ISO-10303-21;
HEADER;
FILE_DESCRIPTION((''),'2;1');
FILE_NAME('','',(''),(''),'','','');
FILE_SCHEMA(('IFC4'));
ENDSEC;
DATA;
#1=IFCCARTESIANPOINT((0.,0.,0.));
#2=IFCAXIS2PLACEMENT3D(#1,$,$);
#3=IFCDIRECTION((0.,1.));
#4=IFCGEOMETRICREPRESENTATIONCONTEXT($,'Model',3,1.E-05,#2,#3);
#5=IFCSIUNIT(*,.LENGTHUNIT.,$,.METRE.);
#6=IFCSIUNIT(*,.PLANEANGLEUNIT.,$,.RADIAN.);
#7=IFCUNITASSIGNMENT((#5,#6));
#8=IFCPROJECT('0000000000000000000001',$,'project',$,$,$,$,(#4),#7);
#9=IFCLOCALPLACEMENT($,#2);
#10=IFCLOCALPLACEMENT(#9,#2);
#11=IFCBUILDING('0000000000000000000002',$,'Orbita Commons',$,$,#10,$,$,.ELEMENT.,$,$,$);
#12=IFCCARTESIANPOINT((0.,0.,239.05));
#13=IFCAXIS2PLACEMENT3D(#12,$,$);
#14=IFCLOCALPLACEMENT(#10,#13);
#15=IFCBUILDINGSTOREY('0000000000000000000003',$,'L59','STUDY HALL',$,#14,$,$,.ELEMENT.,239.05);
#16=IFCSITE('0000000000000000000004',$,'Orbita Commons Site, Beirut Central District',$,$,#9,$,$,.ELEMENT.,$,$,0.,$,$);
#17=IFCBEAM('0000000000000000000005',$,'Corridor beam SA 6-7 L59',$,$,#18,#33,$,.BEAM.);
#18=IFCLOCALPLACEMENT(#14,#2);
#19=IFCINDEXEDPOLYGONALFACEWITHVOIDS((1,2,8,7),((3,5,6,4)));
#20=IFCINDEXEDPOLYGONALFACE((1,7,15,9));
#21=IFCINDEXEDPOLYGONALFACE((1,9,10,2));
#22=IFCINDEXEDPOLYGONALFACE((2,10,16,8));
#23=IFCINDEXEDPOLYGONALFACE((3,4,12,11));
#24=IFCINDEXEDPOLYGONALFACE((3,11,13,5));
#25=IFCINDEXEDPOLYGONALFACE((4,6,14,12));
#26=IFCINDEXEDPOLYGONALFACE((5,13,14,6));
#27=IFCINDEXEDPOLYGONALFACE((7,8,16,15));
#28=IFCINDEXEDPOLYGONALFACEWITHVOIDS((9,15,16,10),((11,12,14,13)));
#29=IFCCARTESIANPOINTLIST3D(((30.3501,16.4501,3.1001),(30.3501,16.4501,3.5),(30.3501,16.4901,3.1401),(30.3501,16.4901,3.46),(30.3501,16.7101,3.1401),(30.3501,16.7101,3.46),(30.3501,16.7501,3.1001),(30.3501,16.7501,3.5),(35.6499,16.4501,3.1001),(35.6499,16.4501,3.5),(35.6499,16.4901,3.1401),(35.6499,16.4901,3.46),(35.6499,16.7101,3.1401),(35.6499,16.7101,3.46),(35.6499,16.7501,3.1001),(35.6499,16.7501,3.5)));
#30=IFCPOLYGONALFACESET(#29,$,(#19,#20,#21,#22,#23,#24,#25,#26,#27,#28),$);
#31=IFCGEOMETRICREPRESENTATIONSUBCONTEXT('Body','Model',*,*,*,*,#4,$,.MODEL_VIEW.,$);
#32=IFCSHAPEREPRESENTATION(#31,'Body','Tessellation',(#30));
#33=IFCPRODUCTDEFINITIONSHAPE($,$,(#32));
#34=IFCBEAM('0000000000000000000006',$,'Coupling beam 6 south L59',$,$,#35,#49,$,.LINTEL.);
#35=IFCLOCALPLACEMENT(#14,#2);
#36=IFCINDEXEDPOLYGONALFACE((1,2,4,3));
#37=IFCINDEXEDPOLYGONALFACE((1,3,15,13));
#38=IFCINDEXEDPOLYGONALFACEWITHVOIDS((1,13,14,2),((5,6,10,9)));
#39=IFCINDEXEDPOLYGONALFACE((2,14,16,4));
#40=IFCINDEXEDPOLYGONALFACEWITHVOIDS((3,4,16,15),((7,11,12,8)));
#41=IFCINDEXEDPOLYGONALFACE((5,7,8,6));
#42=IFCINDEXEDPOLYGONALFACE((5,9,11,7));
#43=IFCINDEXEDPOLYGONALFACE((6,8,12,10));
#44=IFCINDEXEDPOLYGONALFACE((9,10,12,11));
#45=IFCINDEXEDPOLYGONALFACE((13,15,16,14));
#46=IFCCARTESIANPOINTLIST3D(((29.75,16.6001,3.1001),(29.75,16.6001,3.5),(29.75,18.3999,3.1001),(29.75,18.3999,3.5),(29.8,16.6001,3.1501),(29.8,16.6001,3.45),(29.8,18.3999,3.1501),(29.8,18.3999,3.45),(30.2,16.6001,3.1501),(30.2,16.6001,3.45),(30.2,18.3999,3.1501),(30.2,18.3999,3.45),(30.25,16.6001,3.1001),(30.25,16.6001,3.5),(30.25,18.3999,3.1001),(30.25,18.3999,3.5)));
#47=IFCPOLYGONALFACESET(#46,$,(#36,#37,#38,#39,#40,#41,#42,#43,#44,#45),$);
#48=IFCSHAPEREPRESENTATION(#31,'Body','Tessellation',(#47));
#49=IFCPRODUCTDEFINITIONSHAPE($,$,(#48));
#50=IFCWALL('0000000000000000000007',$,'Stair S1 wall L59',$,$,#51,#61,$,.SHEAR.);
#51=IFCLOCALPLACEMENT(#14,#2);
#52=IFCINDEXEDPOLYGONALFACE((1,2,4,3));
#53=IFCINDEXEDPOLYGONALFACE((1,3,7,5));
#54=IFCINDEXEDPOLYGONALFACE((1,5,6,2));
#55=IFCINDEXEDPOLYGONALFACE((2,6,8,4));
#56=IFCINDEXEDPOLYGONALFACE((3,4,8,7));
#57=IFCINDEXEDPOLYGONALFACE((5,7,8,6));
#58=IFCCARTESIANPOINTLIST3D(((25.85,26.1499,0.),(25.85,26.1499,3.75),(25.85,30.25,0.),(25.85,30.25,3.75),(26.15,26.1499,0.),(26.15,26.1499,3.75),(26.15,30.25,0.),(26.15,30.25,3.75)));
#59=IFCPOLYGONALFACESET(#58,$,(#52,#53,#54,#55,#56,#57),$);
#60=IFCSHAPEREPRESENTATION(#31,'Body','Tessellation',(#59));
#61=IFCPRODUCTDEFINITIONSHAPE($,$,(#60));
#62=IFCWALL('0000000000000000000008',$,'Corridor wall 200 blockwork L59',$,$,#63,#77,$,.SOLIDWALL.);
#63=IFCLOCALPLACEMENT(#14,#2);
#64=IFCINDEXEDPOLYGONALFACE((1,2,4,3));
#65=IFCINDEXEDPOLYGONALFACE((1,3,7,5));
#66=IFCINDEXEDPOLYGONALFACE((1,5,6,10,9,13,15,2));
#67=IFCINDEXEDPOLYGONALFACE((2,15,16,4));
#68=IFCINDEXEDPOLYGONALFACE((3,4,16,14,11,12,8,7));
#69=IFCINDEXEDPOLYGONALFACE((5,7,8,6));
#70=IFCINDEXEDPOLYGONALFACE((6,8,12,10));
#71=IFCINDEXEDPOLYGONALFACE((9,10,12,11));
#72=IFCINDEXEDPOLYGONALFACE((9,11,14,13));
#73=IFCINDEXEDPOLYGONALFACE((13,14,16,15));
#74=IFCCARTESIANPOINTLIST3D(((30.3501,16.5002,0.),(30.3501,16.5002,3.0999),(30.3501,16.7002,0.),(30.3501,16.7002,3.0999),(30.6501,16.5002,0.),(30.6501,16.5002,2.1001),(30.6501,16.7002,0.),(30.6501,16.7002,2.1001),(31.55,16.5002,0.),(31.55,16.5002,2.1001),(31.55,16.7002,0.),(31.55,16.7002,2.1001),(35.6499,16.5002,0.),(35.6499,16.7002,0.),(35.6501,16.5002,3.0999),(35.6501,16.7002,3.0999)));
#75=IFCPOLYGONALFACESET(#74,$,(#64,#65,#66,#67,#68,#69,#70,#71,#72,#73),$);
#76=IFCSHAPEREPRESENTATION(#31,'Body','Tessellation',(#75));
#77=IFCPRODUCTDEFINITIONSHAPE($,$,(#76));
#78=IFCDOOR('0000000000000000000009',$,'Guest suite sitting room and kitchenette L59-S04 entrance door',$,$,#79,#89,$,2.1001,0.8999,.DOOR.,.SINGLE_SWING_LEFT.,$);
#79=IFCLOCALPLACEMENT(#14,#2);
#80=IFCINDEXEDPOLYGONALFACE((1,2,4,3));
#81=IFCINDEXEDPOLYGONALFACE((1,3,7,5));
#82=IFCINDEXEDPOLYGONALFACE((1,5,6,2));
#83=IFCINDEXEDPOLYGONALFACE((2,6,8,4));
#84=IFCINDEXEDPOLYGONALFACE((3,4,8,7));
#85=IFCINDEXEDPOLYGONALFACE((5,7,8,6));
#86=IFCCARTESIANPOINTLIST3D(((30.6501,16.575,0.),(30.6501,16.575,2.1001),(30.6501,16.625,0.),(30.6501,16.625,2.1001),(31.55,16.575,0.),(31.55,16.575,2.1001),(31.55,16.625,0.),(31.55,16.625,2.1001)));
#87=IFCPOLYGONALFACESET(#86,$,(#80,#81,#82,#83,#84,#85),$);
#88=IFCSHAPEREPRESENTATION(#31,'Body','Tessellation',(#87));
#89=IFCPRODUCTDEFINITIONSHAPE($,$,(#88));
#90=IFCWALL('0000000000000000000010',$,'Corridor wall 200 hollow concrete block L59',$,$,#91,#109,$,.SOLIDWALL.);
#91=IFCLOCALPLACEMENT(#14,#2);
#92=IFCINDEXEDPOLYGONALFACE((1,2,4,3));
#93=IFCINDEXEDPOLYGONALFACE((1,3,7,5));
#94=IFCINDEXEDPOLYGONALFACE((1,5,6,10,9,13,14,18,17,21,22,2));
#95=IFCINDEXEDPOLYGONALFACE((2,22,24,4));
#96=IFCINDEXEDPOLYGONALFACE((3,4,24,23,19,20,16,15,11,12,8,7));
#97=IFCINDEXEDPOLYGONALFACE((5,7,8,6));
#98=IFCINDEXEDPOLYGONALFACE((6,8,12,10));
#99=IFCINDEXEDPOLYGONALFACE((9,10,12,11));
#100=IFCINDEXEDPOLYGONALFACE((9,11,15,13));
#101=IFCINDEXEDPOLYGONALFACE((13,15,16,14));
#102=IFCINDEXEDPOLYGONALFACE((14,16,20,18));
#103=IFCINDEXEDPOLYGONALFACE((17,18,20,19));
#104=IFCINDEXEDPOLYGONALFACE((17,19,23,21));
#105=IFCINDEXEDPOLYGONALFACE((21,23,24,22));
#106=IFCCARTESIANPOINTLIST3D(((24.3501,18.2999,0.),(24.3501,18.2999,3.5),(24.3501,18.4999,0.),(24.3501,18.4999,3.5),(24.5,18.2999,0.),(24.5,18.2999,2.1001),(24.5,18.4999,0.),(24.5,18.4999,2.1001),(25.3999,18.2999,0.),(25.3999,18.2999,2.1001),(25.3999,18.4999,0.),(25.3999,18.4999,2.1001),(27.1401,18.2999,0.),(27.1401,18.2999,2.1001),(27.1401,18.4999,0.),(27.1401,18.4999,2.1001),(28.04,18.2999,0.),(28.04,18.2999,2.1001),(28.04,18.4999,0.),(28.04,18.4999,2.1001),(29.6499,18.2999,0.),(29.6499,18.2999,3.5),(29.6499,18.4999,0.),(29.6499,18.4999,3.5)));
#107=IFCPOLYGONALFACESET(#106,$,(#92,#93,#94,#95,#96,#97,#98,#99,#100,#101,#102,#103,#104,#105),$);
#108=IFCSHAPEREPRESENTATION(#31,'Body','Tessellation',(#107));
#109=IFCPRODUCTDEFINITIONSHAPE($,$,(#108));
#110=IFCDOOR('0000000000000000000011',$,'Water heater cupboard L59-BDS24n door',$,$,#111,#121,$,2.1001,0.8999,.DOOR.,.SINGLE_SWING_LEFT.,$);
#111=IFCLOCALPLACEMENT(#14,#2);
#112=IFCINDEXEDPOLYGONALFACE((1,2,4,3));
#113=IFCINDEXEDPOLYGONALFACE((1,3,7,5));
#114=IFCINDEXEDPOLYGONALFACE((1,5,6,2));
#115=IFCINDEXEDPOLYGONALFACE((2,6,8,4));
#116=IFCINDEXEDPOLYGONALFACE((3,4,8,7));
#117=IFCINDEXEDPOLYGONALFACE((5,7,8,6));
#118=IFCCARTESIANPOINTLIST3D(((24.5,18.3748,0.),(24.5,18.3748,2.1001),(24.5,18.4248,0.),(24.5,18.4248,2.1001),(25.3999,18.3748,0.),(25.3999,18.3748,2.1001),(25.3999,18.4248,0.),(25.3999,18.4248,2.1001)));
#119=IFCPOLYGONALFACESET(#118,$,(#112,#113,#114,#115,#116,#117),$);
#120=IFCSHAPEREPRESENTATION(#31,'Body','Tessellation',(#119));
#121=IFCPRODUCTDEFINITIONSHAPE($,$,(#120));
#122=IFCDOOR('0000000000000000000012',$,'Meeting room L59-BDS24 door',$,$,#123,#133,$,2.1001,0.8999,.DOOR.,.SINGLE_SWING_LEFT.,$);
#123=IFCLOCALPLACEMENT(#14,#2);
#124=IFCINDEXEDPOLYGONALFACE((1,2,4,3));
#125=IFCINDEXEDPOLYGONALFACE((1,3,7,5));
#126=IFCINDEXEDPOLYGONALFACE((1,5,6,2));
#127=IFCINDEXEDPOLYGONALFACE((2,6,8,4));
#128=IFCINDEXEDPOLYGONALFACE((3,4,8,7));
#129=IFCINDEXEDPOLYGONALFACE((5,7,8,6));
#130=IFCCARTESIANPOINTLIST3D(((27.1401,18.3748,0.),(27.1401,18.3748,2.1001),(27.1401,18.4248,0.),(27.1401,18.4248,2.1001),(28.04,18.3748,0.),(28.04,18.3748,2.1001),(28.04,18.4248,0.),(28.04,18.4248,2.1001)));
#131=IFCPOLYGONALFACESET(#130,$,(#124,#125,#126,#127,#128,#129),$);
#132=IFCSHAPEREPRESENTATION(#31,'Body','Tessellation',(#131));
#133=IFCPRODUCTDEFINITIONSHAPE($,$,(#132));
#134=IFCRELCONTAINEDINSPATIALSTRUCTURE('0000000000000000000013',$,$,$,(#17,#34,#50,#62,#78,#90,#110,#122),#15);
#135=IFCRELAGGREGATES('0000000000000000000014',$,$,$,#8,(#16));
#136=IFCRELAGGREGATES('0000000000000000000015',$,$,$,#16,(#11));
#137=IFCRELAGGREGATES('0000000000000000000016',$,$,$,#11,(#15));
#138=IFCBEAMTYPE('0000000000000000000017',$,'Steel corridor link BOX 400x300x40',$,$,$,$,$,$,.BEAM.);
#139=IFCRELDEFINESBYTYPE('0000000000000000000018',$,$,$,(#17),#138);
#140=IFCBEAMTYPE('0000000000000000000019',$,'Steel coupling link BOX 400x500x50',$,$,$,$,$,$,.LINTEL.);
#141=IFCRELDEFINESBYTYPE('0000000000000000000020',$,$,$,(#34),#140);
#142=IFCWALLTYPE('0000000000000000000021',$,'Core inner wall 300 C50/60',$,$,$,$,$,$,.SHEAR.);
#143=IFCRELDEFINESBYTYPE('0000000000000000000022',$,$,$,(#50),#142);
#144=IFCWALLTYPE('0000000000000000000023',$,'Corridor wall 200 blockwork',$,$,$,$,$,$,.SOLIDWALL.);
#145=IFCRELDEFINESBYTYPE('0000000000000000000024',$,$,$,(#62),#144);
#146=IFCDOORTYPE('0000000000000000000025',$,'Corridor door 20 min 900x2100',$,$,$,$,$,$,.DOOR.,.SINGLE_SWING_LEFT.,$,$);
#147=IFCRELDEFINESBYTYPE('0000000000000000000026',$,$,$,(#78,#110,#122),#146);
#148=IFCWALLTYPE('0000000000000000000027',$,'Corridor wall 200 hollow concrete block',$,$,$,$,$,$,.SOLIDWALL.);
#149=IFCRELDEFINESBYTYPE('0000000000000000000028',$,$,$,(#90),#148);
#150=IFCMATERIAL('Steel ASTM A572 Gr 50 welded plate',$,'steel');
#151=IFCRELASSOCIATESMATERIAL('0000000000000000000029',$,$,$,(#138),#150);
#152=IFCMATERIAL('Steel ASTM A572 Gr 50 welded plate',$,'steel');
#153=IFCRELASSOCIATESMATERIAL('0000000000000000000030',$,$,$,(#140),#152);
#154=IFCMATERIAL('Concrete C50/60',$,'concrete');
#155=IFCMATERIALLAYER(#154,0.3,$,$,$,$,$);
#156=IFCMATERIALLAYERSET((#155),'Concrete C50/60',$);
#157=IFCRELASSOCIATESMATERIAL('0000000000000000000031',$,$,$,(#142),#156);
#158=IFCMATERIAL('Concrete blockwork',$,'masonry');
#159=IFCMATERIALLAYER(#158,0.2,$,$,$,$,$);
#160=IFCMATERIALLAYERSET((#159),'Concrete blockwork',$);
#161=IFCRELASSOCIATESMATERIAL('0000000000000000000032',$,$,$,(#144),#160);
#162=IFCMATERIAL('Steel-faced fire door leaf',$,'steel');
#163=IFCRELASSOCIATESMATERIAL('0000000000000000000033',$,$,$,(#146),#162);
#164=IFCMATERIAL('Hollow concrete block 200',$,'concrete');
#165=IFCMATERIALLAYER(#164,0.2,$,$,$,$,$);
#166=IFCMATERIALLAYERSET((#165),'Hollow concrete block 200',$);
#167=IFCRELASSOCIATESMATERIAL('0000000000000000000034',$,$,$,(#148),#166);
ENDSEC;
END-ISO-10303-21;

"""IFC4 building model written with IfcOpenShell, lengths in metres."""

from ifc_helpers import new_model, si_unit, direction, frame, frame_2d, origin, origin_2d, place, context, subcontext, project, spatial, polyline, rectangle, hollow_rectangle, outline, extrude, material, layer, layer_set, material_profile, profile_set, type_object, element, fill, save


model = new_model("IFC4")

# Units and contexts
model_context = context("Model", 3, precision=1e-05, world=origin(), true_north=direction((0.0, 1.0)))
body_context = subcontext(model_context, "Body", "Model", "MODEL_VIEW")
ifc_project = project(units=[si_unit("LENGTHUNIT", "METRE"), si_unit("PLANEANGLEUNIT", "RADIAN")], contexts=[model_context])

# Site, building, storey
site_placement = place(None, origin())
site = spatial("IfcSite", under=ifc_project, at=site_placement, Name="Orbita Commons Site, Beirut Central District", CompositionType="ELEMENT", RefElevation=0.0)
building_placement = place(site_placement, origin())
building = spatial("IfcBuilding", under=site, at=building_placement, Name="Orbita Commons", CompositionType="ELEMENT")
storey_placement = place(building_placement, frame((0.0, 0.0, 239.05)))
storey = spatial("IfcBuildingStorey", under=building, at=storey_placement, Name="L59", Description="STUDY HALL", CompositionType="ELEMENT", Elevation=239.05)

# Beams
ifc_material_1 = material(Name="Steel ASTM A572 Gr 50 welded plate", Category="steel")
ifc_material_profile_1 = material_profile(ifc_material_1, hollow_rectangle(XDim=0.3, YDim=0.3999, WallThickness=0.04, at=origin_2d()), Name="BOX 400x300x40")
ifc_profile_set_1 = profile_set([ifc_material_profile_1], Name="Steel ASTM A572 Gr 50 welded plate")
beam_type_1 = type_object("IfcBeamType", Name="Steel corridor link BOX 400x300x40", PredefinedType="BEAM", material=ifc_profile_set_1)
beam_1_placement = place(storey_placement, frame((30.3501, 16.6001, 3.3), z_axis=(1.0, 0.0, 0.0), x_axis=(0.0, 1.0, 0.0)))
element("IfcBeam", 1, at=beam_1_placement, inside=storey, type_object=beam_type_1, Name="Corridor beam SA 6-7 L59", PredefinedType="BEAM", context=body_context, shape_type="SweptSolid", body=[
    extrude(hollow_rectangle(XDim=0.3, YDim=0.3999, WallThickness=0.04, at=origin_2d()), origin(), (0.0, 0.0, 1.0), 5.2998),
])
ifc_material_2 = material(Name="Steel ASTM A572 Gr 50 welded plate", Category="steel")
ifc_material_profile_2 = material_profile(ifc_material_2, hollow_rectangle(XDim=0.5, YDim=0.3999, WallThickness=0.05, at=origin_2d()), Name="BOX 400x500x50")
ifc_profile_set_2 = profile_set([ifc_material_profile_2], Name="Steel ASTM A572 Gr 50 welded plate")
beam_type_2 = type_object("IfcBeamType", Name="Steel coupling link BOX 400x500x50", PredefinedType="LINTEL", material=ifc_profile_set_2)
beam_2_placement = place(storey_placement, frame((30.0, 16.6001, 3.3), z_axis=(0.0, 1.0, 0.0), x_axis=(-1.0, 0.0, 0.0)))
element("IfcBeam", 2, at=beam_2_placement, inside=storey, type_object=beam_type_2, Name="Coupling beam 6 south L59", PredefinedType="LINTEL", context=body_context, shape_type="SweptSolid", body=[
    extrude(hollow_rectangle(XDim=0.5, YDim=0.3999, WallThickness=0.05, at=origin_2d()), origin(), (0.0, 0.0, 1.0), 1.7998),
])

# Wall
ifc_material_3 = material(Name="Concrete C50/60", Category="concrete")
ifc_layer_1 = layer(ifc_material_3, 0.3)
ifc_layer_set_1 = layer_set([ifc_layer_1], Name="Concrete C50/60")
wall_type_1 = type_object("IfcWallType", Name="Core inner wall 300 C50/60", PredefinedType="SHEAR", material=ifc_layer_set_1)
wall_1_placement = place(storey_placement, frame((26.0, 26.1499, 0.0), z_axis=(0.0, 0.0, 1.0), x_axis=(0.0, 1.0, 0.0)))
element("IfcWall", 3, at=wall_1_placement, inside=storey, type_object=wall_type_1, Name="Stair S1 wall L59", PredefinedType="SHEAR", context=body_context, shape_type="SweptSolid", body=[
    extrude(rectangle(XDim=4.1001, YDim=0.3, at=frame_2d((2.05, 0.0))), origin(), (0.0, 0.0, 1.0), 3.75),
])

# Wall, opening, door
ifc_material_4 = material(Name="Concrete blockwork", Category="masonry")
ifc_layer_2 = layer(ifc_material_4, 0.2)
ifc_layer_set_2 = layer_set([ifc_layer_2], Name="Concrete blockwork")
wall_type_2 = type_object("IfcWallType", Name="Corridor wall 200 blockwork", PredefinedType="SOLIDWALL", material=ifc_layer_set_2)
wall_2_placement = place(storey_placement, frame((30.3501, 16.6001, 0.0), z_axis=(0.0, 0.0, 1.0), x_axis=(1.0, 0.0, 0.0)))
wall_2 = element("IfcWall", 4, at=wall_2_placement, inside=storey, type_object=wall_type_2, Name="Corridor wall 200 blockwork L59", PredefinedType="SOLIDWALL", context=body_context, shape_type="SweptSolid", body=[
    extrude(outline(polyline([(0.0, 0.0), (5.2998, 0.0), (5.3, 3.0999), (0.0, 3.0999), (0.0, 0.0)])), frame((0.0, 0.1001, 0.0), z_axis=(0.0, -1.0, 0.0), x_axis=(1.0, 0.0, 0.0)), (0.0, 0.0, 1.0), 0.2),
])
opening_1_placement = place(wall_2_placement, frame((0.3, 0.0, 0.0)))
opening_1 = element("IfcOpeningElement", 5, at=opening_1_placement, cuts=wall_2, PredefinedType="OPENING", context=body_context, shape_type="SweptSolid", body=[
    extrude(rectangle(XDim=0.8999, YDim=2.1001, at=frame_2d((0.45, 1.05))), frame((0.0, 0.1099, 0.0), z_axis=(0.0, -1.0, 0.0), x_axis=(1.0, 0.0, 0.0)), (0.0, 0.0, 1.0), 0.22),
])
ifc_material_5 = material(Name="Steel-faced fire door leaf", Category="steel")
door_type_1 = type_object("IfcDoorType", Name="Corridor door 20 min 900x2100", OperationType="SINGLE_SWING_LEFT", PredefinedType="DOOR", material=ifc_material_5)
door_1_placement = place(opening_1_placement, origin())
door_1 = element("IfcDoor", 6, at=door_1_placement, inside=storey, type_object=door_type_1, Name="Guest suite sitting room and kitchenette L59-S04 entrance door", OperationType="SINGLE_SWING_LEFT", OverallHeight=2.1001, OverallWidth=0.8999, PredefinedType="DOOR", context=body_context, shape_type="SweptSolid", body=[
    extrude(rectangle(XDim=0.8999, YDim=2.1001, at=frame_2d((0.45, 1.05))), frame((0.0, 0.0249, 0.0), z_axis=(0.0, -1.0, 0.0), x_axis=(1.0, 0.0, 0.0)), (0.0, 0.0, 1.0), 0.05),
])
fill(opening_1, door_1)

# Wall, openings, doors
ifc_material_6 = material(Name="Hollow concrete block 200", Category="concrete")
ifc_layer_3 = layer(ifc_material_6, 0.2)
ifc_layer_set_3 = layer_set([ifc_layer_3], Name="Hollow concrete block 200")
wall_type_3 = type_object("IfcWallType", Name="Corridor wall 200 hollow concrete block", PredefinedType="SOLIDWALL", material=ifc_layer_set_3)
wall_3_placement = place(storey_placement, frame((24.3501, 18.3999, 0.0), z_axis=(0.0, 0.0, 1.0), x_axis=(1.0, 0.0, 0.0)))
wall_3 = element("IfcWall", 7, at=wall_3_placement, inside=storey, type_object=wall_type_3, Name="Corridor wall 200 hollow concrete block L59", PredefinedType="SOLIDWALL", context=body_context, shape_type="SweptSolid", body=[
    extrude(rectangle(XDim=5.2998, YDim=0.2, at=frame_2d((2.6499, 0.0))), origin(), (0.0, 0.0, 1.0), 3.5),
])
opening_2_placement = place(wall_3_placement, frame((0.1499, 0.0, 0.0)))
opening_2 = element("IfcOpeningElement", 8, at=opening_2_placement, cuts=wall_3, PredefinedType="OPENING", context=body_context, shape_type="SweptSolid", body=[
    extrude(rectangle(XDim=0.8999, YDim=2.1001, at=frame_2d((0.45, 1.05))), frame((0.0, 0.1099, 0.0), z_axis=(0.0, -1.0, 0.0), x_axis=(1.0, 0.0, 0.0)), (0.0, 0.0, 1.0), 0.22),
])
opening_3_placement = place(wall_3_placement, frame((2.79, 0.0, 0.0)))
opening_3 = element("IfcOpeningElement", 9, at=opening_3_placement, cuts=wall_3, PredefinedType="OPENING", context=body_context, shape_type="SweptSolid", body=[
    extrude(rectangle(XDim=0.8999, YDim=2.1001, at=frame_2d((0.45, 1.05))), frame((0.0, 0.1099, 0.0), z_axis=(0.0, -1.0, 0.0), x_axis=(1.0, 0.0, 0.0)), (0.0, 0.0, 1.0), 0.22),
])
door_2_placement = place(opening_2_placement, origin())
door_2 = element("IfcDoor", 10, at=door_2_placement, inside=storey, type_object=door_type_1, Name="Water heater cupboard L59-BDS24n door", OperationType="SINGLE_SWING_LEFT", OverallHeight=2.1001, OverallWidth=0.8999, PredefinedType="DOOR", context=body_context, shape_type="SweptSolid", body=[
    extrude(rectangle(XDim=0.8999, YDim=2.1001, at=frame_2d((0.45, 1.05))), frame((0.0, 0.0249, 0.0), z_axis=(0.0, -1.0, 0.0), x_axis=(1.0, 0.0, 0.0)), (0.0, 0.0, 1.0), 0.05),
])
fill(opening_2, door_2)
door_3_placement = place(opening_3_placement, origin())
door_3 = element("IfcDoor", 11, at=door_3_placement, inside=storey, type_object=door_type_1, Name="Meeting room L59-BDS24 door", OperationType="SINGLE_SWING_LEFT", OverallHeight=2.1001, OverallWidth=0.8999, PredefinedType="DOOR", context=body_context, shape_type="SweptSolid", body=[
    extrude(rectangle(XDim=0.8999, YDim=2.1001, at=frame_2d((0.45, 1.05))), frame((0.0, 0.0249, 0.0), z_axis=(0.0, -1.0, 0.0), x_axis=(1.0, 0.0, 0.0)), (0.0, 0.0, 1.0), 0.05),
])
fill(opening_3, door_3)

save(model, "model.ifc")
